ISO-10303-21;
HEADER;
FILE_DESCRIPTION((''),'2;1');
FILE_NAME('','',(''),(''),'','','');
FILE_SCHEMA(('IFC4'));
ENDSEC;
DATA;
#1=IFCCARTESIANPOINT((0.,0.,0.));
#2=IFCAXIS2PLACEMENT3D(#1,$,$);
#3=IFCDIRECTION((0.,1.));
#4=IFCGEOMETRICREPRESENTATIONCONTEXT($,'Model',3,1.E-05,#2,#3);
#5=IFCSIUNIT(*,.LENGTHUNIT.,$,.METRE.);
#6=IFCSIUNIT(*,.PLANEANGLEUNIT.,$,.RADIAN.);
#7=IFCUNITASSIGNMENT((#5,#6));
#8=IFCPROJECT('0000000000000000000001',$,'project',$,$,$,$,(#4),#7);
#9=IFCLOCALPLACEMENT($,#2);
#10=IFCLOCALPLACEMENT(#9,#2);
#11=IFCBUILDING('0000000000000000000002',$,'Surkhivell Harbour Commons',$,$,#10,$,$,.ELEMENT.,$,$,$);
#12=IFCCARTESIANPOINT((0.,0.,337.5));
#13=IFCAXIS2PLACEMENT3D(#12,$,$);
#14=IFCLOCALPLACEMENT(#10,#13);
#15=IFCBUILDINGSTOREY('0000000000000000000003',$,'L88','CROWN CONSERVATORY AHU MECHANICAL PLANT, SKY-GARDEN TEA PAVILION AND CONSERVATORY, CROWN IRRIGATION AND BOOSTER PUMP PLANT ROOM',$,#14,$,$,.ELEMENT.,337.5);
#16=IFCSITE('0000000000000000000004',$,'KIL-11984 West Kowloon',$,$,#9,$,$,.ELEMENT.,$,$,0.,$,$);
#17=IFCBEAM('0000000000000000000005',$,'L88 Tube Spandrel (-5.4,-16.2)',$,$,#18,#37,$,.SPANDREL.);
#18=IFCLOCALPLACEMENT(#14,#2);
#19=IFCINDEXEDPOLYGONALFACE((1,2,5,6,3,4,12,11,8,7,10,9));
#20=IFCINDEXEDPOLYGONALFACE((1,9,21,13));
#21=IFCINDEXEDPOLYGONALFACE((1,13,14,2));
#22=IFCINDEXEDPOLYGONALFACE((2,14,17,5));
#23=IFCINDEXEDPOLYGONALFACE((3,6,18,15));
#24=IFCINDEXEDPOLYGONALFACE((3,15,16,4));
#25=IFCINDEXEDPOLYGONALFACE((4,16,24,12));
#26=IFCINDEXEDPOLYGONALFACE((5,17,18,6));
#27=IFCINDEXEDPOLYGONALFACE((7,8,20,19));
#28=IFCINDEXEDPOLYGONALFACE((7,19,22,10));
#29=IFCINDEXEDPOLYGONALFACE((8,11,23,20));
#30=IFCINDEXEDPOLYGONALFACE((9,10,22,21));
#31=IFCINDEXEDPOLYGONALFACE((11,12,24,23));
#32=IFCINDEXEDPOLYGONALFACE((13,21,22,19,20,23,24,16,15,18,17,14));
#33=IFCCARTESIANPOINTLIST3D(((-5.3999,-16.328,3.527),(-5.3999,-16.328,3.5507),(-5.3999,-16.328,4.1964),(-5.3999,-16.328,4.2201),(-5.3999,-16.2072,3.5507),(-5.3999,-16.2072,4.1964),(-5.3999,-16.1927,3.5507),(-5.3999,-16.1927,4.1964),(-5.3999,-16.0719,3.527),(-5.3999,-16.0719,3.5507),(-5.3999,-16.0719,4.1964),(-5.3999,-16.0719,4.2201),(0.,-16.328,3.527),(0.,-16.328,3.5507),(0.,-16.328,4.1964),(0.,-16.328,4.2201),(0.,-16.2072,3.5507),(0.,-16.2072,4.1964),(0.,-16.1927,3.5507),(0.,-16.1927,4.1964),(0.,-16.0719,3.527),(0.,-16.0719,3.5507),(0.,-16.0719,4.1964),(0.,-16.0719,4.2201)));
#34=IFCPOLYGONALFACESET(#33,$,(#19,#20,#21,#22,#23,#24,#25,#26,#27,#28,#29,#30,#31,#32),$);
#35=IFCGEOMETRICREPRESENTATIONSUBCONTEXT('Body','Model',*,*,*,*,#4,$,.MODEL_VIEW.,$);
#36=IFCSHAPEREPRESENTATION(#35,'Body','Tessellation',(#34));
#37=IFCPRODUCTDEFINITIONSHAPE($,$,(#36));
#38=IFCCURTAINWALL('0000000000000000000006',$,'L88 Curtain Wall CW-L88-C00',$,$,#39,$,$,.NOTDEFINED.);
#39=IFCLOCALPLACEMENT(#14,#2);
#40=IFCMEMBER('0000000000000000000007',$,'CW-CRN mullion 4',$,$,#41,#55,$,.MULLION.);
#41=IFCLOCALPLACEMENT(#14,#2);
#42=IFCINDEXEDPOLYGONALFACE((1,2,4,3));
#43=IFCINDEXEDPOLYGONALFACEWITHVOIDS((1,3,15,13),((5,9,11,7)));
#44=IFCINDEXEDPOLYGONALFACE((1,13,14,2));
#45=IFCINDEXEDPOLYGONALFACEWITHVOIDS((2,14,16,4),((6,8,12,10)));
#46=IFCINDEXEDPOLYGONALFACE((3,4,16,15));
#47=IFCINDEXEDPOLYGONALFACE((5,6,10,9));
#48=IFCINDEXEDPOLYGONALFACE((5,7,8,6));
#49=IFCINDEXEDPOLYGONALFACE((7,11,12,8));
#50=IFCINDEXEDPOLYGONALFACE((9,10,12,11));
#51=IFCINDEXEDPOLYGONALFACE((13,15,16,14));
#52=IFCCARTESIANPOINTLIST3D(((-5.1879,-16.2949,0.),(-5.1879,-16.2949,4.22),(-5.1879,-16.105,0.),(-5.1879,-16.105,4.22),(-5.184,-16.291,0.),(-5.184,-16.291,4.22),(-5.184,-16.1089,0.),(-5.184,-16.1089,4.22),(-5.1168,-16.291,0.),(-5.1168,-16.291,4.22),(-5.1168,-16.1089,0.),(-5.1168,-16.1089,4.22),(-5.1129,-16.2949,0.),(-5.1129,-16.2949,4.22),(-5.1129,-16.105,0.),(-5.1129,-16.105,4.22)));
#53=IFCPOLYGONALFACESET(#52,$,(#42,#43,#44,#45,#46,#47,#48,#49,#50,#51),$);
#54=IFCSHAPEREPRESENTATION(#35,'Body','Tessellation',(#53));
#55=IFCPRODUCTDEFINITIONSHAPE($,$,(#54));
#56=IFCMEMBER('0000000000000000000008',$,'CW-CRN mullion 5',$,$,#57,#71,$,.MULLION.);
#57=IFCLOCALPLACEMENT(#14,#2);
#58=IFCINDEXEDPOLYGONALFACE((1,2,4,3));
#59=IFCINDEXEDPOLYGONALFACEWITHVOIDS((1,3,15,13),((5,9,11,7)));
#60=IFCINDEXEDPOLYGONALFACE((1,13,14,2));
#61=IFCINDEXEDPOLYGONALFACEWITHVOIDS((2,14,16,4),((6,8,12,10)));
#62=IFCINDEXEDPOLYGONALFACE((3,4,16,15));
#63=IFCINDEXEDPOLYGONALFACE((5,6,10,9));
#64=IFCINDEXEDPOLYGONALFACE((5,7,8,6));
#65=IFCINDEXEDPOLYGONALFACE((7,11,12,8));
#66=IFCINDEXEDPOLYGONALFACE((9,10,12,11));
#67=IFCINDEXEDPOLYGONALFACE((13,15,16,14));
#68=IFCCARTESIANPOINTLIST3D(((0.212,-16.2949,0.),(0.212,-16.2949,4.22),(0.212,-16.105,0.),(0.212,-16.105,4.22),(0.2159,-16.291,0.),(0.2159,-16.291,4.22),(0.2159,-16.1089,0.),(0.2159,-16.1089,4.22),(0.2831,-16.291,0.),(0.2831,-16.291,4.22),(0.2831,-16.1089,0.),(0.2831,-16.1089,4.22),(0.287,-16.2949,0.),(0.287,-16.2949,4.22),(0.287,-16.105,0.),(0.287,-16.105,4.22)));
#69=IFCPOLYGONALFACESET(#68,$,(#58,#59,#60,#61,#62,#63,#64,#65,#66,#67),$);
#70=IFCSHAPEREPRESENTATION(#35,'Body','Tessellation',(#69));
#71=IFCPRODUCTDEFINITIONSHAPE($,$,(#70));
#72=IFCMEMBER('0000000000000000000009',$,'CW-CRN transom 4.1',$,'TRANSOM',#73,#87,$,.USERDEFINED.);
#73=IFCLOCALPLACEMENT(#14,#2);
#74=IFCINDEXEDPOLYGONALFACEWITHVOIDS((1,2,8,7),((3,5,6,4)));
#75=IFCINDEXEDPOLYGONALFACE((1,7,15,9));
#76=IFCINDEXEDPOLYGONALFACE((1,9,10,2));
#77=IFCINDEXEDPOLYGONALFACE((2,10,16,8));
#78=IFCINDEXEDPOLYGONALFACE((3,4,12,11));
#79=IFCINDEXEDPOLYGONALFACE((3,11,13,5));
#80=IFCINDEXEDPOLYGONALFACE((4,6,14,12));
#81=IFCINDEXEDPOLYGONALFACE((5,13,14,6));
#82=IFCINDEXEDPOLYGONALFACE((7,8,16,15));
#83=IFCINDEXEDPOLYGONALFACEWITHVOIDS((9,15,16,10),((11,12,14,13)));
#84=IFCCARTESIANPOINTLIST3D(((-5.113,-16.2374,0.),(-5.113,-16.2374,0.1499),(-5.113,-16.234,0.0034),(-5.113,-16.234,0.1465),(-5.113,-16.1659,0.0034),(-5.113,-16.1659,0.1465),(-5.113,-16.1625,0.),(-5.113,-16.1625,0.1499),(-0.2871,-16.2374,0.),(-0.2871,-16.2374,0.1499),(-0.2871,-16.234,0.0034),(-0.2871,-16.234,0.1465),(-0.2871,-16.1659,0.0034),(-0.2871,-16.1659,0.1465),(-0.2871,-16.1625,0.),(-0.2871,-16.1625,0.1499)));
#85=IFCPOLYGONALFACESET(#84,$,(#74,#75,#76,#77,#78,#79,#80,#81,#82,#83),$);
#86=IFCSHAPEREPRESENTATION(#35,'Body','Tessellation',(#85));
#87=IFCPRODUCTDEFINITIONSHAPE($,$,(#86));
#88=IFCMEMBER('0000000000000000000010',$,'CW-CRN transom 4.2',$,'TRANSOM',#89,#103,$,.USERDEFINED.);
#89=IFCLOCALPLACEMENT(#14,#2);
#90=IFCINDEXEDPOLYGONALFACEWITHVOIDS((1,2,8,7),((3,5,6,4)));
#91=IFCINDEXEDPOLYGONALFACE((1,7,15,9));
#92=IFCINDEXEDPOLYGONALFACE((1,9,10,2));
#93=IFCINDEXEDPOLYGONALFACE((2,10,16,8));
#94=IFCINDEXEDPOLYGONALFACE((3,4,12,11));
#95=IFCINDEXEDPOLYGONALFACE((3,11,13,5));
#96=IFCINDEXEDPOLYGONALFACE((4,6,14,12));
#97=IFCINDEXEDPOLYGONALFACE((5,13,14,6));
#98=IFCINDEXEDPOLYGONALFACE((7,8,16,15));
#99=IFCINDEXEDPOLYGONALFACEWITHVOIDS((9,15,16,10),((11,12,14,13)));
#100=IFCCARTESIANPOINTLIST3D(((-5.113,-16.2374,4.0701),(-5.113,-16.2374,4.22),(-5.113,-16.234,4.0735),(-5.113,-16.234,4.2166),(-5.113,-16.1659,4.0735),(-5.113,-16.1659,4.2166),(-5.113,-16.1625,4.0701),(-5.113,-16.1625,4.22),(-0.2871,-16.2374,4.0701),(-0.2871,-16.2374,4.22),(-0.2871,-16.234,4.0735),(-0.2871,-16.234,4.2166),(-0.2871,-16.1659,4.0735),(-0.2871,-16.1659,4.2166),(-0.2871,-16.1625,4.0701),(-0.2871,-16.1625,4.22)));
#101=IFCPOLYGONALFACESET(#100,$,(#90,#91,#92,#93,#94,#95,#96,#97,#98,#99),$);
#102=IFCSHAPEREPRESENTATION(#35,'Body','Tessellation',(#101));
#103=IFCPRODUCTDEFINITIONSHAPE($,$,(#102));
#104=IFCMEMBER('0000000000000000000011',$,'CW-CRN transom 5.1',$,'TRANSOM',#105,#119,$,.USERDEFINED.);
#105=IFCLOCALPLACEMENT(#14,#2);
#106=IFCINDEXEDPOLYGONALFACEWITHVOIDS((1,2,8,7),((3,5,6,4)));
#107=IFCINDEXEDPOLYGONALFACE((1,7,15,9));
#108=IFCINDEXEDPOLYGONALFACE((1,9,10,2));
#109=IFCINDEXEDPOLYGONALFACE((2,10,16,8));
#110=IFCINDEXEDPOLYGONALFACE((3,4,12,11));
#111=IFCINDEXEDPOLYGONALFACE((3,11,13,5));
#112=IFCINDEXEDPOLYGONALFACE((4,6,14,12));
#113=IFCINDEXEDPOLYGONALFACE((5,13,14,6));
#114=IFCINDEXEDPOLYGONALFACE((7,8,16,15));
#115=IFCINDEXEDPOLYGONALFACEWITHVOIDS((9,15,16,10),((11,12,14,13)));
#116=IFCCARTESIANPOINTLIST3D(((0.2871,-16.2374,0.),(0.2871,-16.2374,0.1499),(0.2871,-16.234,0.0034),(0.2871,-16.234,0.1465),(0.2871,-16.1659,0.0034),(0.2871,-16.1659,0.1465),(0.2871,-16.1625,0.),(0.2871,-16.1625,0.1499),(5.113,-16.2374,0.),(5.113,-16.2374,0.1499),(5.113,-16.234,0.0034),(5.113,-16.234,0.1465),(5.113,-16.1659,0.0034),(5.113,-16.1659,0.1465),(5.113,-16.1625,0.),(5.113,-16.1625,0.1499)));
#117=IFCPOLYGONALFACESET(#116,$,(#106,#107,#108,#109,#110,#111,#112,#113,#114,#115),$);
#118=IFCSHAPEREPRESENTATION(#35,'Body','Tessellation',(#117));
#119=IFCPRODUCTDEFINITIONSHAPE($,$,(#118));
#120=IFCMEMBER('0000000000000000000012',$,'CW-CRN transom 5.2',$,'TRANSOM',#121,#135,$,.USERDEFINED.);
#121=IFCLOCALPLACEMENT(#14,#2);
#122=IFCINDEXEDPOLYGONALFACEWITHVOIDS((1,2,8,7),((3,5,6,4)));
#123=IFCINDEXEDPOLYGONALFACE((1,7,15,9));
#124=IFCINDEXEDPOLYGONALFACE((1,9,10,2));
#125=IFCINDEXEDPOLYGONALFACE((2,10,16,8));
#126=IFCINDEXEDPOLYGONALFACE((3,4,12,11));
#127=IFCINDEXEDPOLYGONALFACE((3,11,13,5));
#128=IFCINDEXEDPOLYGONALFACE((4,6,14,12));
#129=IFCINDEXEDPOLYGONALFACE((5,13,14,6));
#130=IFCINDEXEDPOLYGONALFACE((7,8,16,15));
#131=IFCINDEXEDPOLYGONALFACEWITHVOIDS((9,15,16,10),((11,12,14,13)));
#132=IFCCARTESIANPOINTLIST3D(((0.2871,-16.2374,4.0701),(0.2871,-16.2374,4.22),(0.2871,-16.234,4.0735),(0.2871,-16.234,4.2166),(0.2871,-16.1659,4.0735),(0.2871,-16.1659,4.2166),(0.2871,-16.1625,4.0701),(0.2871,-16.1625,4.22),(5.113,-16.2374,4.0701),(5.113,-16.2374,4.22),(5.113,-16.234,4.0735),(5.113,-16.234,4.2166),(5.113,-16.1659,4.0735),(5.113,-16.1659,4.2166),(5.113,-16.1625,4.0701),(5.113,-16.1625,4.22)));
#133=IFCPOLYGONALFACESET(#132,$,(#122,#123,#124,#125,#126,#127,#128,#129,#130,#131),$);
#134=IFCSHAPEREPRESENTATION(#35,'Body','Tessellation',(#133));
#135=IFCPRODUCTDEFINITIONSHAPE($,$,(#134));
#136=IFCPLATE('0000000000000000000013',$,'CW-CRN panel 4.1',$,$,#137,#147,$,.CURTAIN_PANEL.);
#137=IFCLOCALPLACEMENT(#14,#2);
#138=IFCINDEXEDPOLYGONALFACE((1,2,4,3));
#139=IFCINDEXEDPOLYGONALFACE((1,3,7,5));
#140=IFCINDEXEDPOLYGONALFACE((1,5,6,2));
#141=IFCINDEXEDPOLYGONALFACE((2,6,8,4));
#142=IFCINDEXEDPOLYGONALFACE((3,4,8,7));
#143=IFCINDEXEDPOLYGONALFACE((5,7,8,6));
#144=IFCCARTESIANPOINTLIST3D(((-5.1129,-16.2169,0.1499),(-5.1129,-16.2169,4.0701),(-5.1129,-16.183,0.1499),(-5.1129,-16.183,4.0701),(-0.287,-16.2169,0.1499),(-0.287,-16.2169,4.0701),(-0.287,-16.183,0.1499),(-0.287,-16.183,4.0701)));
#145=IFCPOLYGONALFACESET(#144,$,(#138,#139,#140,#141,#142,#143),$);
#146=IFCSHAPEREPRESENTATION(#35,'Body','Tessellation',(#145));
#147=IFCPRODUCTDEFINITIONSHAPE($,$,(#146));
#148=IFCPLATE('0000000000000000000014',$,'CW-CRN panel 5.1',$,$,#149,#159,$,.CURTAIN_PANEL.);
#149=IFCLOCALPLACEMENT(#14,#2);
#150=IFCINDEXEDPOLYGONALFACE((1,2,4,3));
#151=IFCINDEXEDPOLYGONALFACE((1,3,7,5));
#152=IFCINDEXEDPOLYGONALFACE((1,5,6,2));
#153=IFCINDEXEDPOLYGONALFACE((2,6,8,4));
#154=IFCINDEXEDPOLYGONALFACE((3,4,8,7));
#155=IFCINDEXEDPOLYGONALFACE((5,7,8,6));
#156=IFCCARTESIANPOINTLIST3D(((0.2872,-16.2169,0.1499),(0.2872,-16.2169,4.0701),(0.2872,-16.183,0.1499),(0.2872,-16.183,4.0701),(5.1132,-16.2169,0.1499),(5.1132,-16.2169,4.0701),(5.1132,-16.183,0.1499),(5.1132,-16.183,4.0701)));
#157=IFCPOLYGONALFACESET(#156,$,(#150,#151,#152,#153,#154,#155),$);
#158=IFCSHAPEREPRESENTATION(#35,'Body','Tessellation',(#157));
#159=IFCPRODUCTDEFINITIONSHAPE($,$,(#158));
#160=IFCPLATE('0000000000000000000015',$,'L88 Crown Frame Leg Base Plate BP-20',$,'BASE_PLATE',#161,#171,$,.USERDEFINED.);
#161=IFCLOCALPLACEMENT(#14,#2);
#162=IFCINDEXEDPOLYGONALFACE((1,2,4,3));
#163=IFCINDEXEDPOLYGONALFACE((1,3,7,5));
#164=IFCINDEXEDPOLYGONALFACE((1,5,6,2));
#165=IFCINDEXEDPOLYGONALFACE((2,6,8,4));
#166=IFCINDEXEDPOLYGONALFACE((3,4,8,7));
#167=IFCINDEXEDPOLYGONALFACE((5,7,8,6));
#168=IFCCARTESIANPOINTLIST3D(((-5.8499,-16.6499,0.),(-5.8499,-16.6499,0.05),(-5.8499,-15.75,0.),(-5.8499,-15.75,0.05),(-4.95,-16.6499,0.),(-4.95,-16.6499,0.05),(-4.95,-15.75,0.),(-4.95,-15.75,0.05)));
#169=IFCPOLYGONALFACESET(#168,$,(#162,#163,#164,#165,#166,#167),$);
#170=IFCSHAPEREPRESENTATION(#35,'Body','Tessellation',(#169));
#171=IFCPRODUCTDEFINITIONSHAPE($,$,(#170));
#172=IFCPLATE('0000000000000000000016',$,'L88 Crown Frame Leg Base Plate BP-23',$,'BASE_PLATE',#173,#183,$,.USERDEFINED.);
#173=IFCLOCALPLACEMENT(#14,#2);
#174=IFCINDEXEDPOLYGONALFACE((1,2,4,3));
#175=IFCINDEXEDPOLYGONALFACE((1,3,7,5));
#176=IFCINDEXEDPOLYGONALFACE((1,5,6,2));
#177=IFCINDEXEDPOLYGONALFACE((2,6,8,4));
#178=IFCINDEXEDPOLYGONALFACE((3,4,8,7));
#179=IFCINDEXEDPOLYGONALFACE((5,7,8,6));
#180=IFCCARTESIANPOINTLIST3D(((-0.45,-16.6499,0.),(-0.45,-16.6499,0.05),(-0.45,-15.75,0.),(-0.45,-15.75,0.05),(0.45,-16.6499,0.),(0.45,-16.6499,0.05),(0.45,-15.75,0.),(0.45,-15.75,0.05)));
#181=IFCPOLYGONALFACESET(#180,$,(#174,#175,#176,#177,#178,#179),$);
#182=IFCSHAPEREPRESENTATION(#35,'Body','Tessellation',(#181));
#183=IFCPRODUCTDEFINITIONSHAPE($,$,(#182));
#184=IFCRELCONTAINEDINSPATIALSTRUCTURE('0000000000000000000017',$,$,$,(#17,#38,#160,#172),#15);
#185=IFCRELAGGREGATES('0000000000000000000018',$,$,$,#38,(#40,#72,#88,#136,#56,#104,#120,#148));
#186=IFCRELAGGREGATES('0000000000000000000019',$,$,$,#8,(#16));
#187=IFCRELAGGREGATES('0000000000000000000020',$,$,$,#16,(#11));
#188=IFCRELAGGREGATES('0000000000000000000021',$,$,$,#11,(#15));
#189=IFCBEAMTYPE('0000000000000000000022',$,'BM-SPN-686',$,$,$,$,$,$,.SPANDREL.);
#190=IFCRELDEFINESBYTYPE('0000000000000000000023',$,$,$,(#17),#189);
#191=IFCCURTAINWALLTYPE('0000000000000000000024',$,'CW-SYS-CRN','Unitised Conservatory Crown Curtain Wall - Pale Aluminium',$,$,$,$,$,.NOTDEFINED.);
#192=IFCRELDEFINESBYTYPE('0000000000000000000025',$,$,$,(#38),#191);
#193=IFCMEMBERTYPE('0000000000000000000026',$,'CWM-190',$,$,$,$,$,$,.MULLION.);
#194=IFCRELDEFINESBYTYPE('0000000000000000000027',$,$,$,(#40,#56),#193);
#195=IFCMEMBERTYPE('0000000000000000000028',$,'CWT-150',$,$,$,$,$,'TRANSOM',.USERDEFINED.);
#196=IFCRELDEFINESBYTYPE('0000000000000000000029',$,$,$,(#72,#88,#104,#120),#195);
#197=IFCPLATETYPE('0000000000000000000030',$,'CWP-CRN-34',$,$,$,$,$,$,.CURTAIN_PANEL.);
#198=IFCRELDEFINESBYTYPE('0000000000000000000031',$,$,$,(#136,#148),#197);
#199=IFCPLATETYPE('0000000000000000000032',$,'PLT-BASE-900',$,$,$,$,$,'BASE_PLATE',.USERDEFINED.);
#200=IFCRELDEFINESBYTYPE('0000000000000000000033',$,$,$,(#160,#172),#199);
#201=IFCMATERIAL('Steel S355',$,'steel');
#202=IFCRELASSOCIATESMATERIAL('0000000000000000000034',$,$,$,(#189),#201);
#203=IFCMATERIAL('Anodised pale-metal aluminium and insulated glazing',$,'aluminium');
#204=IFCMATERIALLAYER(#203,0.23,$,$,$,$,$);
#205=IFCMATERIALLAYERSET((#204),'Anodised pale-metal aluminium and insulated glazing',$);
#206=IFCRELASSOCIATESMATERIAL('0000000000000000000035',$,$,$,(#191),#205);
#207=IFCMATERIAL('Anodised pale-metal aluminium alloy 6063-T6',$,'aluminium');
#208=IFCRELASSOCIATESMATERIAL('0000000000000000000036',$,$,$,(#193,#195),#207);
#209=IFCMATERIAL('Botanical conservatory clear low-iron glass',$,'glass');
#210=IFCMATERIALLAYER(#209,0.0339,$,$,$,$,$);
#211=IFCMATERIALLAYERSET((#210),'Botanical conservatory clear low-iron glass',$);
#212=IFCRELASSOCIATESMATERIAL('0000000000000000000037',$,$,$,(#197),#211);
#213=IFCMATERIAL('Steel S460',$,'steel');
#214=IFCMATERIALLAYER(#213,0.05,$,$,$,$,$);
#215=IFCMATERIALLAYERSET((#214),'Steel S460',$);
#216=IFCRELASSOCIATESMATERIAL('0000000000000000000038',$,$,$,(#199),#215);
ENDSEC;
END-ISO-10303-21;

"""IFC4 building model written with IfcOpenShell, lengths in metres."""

from ifc_helpers import new_model, si_unit, direction, frame, frame_2d, origin, origin_2d, place, context, subcontext, project, spatial, rectangle, hollow_rectangle, i_section, extrude, material, layer, layer_set, material_profile, profile_set, type_object, element, aggregate, save


model = new_model("IFC4")

# Units and contexts
model_context = context("Model", 3, precision=1e-05, world=origin(), true_north=direction((0.0, 1.0)))
body_context = subcontext(model_context, "Body", "Model", "MODEL_VIEW")
ifc_project = project(units=[si_unit("LENGTHUNIT", "METRE"), si_unit("PLANEANGLEUNIT", "RADIAN")], contexts=[model_context])

# Site, building, storey
site_placement = place(None, origin())
site = spatial("IfcSite", under=ifc_project, at=site_placement, Name="KIL-11984 West Kowloon", CompositionType="ELEMENT", RefElevation=0.0)
building_placement = place(site_placement, origin())
building = spatial("IfcBuilding", under=site, at=building_placement, Name="Surkhivell Harbour Commons", CompositionType="ELEMENT")
storey_placement = place(building_placement, frame((0.0, 0.0, 337.5)))
storey = spatial("IfcBuildingStorey", under=building, at=storey_placement, Name="L88", Description="CROWN CONSERVATORY AHU MECHANICAL PLANT, SKY-GARDEN TEA PAVILION AND CONSERVATORY, CROWN IRRIGATION AND BOOSTER PUMP PLANT ROOM", CompositionType="ELEMENT", Elevation=337.5)

# Shared definitions
ifc_material_1 = material(Name="Steel S460", Category="steel")

# Beam
ifc_material_2 = material(Name="Steel S355", Category="steel")
ifc_material_profile_1 = material_profile(ifc_material_2, i_section(OverallWidth=0.2561, OverallDepth=0.6931, WebThickness=0.0144, FlangeThickness=0.0237, at=origin_2d()), Name="UB686x254x170")
ifc_profile_set_1 = profile_set([ifc_material_profile_1], Name="Steel S355")
beam_type_1 = type_object("IfcBeamType", Name="BM-SPN-686", PredefinedType="SPANDREL", material=ifc_profile_set_1)
beam_1_placement = place(storey_placement, frame((-5.3999, -16.2, 3.8735), z_axis=(1.0, 0.0, 0.0), x_axis=(0.0, 1.0, 0.0)))
element("IfcBeam", 1, at=beam_1_placement, inside=storey, type_object=beam_type_1, Name="L88 Tube Spandrel (-5.4,-16.2)", PredefinedType="SPANDREL", context=body_context, shape_type="SweptSolid", body=[
    extrude(i_section(OverallWidth=0.2561, OverallDepth=0.6931, WebThickness=0.0144, FlangeThickness=0.0237, at=origin_2d()), origin(), (0.0, 0.0, 1.0), 5.3999),
])

# Curtain wall, members, plates
ifc_material_3 = material(Name="Anodised pale-metal aluminium and insulated glazing", Category="aluminium")
ifc_layer_1 = layer(ifc_material_3, 0.23)
ifc_layer_set_1 = layer_set([ifc_layer_1], Name="Anodised pale-metal aluminium and insulated glazing")
curtain_wall_type = type_object("IfcCurtainWallType", Name="CW-SYS-CRN", Description="Unitised Conservatory Crown Curtain Wall - Pale Aluminium", PredefinedType="NOTDEFINED", material=ifc_layer_set_1)
curtain_wall_placement = place(storey_placement, origin())
curtain_wall = element("IfcCurtainWall", 2, at=curtain_wall_placement, inside=storey, type_object=curtain_wall_type, Name="L88 Curtain Wall CW-L88-C00", PredefinedType="NOTDEFINED")
ifc_material_4 = material(Name="Anodised pale-metal aluminium alloy 6063-T6", Category="aluminium")
ifc_material_profile_2 = material_profile(ifc_material_4, hollow_rectangle(XDim=0.075, YDim=0.1899, WallThickness=0.0039, at=origin_2d()), Name="ALU-MULL-75x190")
ifc_profile_set_2 = profile_set([ifc_material_profile_2], Name="Anodised pale-metal aluminium alloy 6063-T6")
member_type_1 = type_object("IfcMemberType", Name="CWM-190", PredefinedType="MULLION", material=ifc_profile_set_2)
member_1_placement = place(storey_placement, frame((-5.1504, -16.2, 0.0), z_axis=(0.0, 0.0, 1.0), x_axis=(1.0, 0.0, 0.0)))
member_1 = element("IfcMember", 3, at=member_1_placement, type_object=member_type_1, Name="CW-CRN mullion 4", PredefinedType="MULLION", context=body_context, shape_type="SweptSolid", body=[
    extrude(hollow_rectangle(XDim=0.075, YDim=0.1899, WallThickness=0.0039, at=origin_2d()), origin(), (0.0, 0.0, 1.0), 4.22),
])
member_2_placement = place(storey_placement, frame((0.2495, -16.2, 0.0), z_axis=(0.0, 0.0, 1.0), x_axis=(1.0, 0.0, 0.0)))
member_2 = element("IfcMember", 4, at=member_2_placement, type_object=member_type_1, Name="CW-CRN mullion 5", PredefinedType="MULLION", context=body_context, shape_type="SweptSolid", body=[
    extrude(hollow_rectangle(XDim=0.075, YDim=0.1899, WallThickness=0.0039, at=origin_2d()), origin(), (0.0, 0.0, 1.0), 4.22),
])
ifc_material_profile_3 = material_profile(ifc_material_4, hollow_rectangle(XDim=0.075, YDim=0.1499, WallThickness=0.0034, at=origin_2d()), Name="ALU-TRAN-75x150")
ifc_profile_set_3 = profile_set([ifc_material_profile_3], Name="Anodised pale-metal aluminium alloy 6063-T6")
member_type_2 = type_object("IfcMemberType", Name="CWT-150", ElementType="TRANSOM", PredefinedType="USERDEFINED", material=ifc_profile_set_3)
member_3_placement = place(storey_placement, frame((-5.113, -16.2, 0.075), z_axis=(1.0, 0.0, 0.0), x_axis=(0.0, 1.0, 0.0)))
member_3 = element("IfcMember", 5, at=member_3_placement, type_object=member_type_2, Name="CW-CRN transom 4.1", ObjectType="TRANSOM", PredefinedType="USERDEFINED", context=body_context, shape_type="SweptSolid", body=[
    extrude(hollow_rectangle(XDim=0.075, YDim=0.1499, WallThickness=0.0034, at=origin_2d()), origin(), (0.0, 0.0, 1.0), 4.8259),
])
member_4_placement = place(storey_placement, frame((-5.113, -16.2, 4.145), z_axis=(1.0, 0.0, 0.0), x_axis=(0.0, 1.0, 0.0)))
member_4 = element("IfcMember", 6, at=member_4_placement, type_object=member_type_2, Name="CW-CRN transom 4.2", ObjectType="TRANSOM", PredefinedType="USERDEFINED", context=body_context, shape_type="SweptSolid", body=[
    extrude(hollow_rectangle(XDim=0.075, YDim=0.1499, WallThickness=0.0034, at=origin_2d()), origin(), (0.0, 0.0, 1.0), 4.8259),
])
member_5_placement = place(storey_placement, frame((0.2871, -16.2, 0.075), z_axis=(1.0, 0.0, 0.0), x_axis=(0.0, 1.0, 0.0)))
member_5 = element("IfcMember", 7, at=member_5_placement, type_object=member_type_2, Name="CW-CRN transom 5.1", ObjectType="TRANSOM", PredefinedType="USERDEFINED", context=body_context, shape_type="SweptSolid", body=[
    extrude(hollow_rectangle(XDim=0.075, YDim=0.1499, WallThickness=0.0034, at=origin_2d()), origin(), (0.0, 0.0, 1.0), 4.8259),
])
member_6_placement = place(storey_placement, frame((0.2871, -16.2, 4.145), z_axis=(1.0, 0.0, 0.0), x_axis=(0.0, 1.0, 0.0)))
member_6 = element("IfcMember", 8, at=member_6_placement, type_object=member_type_2, Name="CW-CRN transom 5.2", ObjectType="TRANSOM", PredefinedType="USERDEFINED", context=body_context, shape_type="SweptSolid", body=[
    extrude(hollow_rectangle(XDim=0.075, YDim=0.1499, WallThickness=0.0034, at=origin_2d()), origin(), (0.0, 0.0, 1.0), 4.8259),
])
ifc_material_5 = material(Name="Botanical conservatory clear low-iron glass", Category="glass")
ifc_layer_2 = layer(ifc_material_5, 0.0339)
ifc_layer_set_2 = layer_set([ifc_layer_2], Name="Botanical conservatory clear low-iron glass")
plate_type_1 = type_object("IfcPlateType", Name="CWP-CRN-34", PredefinedType="CURTAIN_PANEL", material=ifc_layer_set_2)
plate_1_placement = place(storey_placement, frame((-5.113, -16.2, 0.1499), z_axis=(0.0, 0.0, 1.0), x_axis=(1.0, 0.0, 0.0)))
plate_1 = element("IfcPlate", 9, at=plate_1_placement, type_object=plate_type_1, Name="CW-CRN panel 4.1", PredefinedType="CURTAIN_PANEL", context=body_context, shape_type="SweptSolid", body=[
    extrude(rectangle(XDim=4.8259, YDim=0.0339, at=frame_2d((2.4131, 0.0))), origin(), (0.0, 0.0, 1.0), 3.9202),
])
plate_2_placement = place(storey_placement, frame((0.2871, -16.2, 0.1499), z_axis=(0.0, 0.0, 1.0), x_axis=(1.0, 0.0, 0.0)))
plate_2 = element("IfcPlate", 10, at=plate_2_placement, type_object=plate_type_1, Name="CW-CRN panel 5.1", PredefinedType="CURTAIN_PANEL", context=body_context, shape_type="SweptSolid", body=[
    extrude(rectangle(XDim=4.8259, YDim=0.0339, at=frame_2d((2.4131, 0.0))), origin(), (0.0, 0.0, 1.0), 3.9202),
])
aggregate(curtain_wall, [member_1, member_3, member_4, plate_1, member_2, member_5, member_6, plate_2])

# Plates
ifc_layer_3 = layer(ifc_material_1, 0.05)
ifc_layer_set_3 = layer_set([ifc_layer_3], Name="Steel S460")
plate_type_2 = type_object("IfcPlateType", Name="PLT-BASE-900", ElementType="BASE_PLATE", PredefinedType="USERDEFINED", material=ifc_layer_set_3)
for number, where, z_axis, x_axis, name in (
    (11, (-5.3999, -16.2, 0.0), (0.0, 0.0, 1.0), (1.0, 0.0, 0.0), "L88 Crown Frame Leg Base Plate BP-20"),
    (12, (0.0, -16.2, 0.0), (0.0, 0.0, 1.0), (1.0, 0.0, 0.0), "L88 Crown Frame Leg Base Plate BP-23"),
):
    element("IfcPlate", number, at=place(storey_placement, frame(where, z_axis=z_axis, x_axis=x_axis)), inside=storey, type_object=plate_type_2, Name=name, ObjectType="BASE_PLATE", PredefinedType="USERDEFINED", context=body_context, shape_type="SweptSolid", body=[
        extrude(rectangle(XDim=0.8999, YDim=0.8999, at=origin_2d()), origin(), (0.0, 0.0, 1.0), 0.05),
    ])

save(model, "model.ifc")
